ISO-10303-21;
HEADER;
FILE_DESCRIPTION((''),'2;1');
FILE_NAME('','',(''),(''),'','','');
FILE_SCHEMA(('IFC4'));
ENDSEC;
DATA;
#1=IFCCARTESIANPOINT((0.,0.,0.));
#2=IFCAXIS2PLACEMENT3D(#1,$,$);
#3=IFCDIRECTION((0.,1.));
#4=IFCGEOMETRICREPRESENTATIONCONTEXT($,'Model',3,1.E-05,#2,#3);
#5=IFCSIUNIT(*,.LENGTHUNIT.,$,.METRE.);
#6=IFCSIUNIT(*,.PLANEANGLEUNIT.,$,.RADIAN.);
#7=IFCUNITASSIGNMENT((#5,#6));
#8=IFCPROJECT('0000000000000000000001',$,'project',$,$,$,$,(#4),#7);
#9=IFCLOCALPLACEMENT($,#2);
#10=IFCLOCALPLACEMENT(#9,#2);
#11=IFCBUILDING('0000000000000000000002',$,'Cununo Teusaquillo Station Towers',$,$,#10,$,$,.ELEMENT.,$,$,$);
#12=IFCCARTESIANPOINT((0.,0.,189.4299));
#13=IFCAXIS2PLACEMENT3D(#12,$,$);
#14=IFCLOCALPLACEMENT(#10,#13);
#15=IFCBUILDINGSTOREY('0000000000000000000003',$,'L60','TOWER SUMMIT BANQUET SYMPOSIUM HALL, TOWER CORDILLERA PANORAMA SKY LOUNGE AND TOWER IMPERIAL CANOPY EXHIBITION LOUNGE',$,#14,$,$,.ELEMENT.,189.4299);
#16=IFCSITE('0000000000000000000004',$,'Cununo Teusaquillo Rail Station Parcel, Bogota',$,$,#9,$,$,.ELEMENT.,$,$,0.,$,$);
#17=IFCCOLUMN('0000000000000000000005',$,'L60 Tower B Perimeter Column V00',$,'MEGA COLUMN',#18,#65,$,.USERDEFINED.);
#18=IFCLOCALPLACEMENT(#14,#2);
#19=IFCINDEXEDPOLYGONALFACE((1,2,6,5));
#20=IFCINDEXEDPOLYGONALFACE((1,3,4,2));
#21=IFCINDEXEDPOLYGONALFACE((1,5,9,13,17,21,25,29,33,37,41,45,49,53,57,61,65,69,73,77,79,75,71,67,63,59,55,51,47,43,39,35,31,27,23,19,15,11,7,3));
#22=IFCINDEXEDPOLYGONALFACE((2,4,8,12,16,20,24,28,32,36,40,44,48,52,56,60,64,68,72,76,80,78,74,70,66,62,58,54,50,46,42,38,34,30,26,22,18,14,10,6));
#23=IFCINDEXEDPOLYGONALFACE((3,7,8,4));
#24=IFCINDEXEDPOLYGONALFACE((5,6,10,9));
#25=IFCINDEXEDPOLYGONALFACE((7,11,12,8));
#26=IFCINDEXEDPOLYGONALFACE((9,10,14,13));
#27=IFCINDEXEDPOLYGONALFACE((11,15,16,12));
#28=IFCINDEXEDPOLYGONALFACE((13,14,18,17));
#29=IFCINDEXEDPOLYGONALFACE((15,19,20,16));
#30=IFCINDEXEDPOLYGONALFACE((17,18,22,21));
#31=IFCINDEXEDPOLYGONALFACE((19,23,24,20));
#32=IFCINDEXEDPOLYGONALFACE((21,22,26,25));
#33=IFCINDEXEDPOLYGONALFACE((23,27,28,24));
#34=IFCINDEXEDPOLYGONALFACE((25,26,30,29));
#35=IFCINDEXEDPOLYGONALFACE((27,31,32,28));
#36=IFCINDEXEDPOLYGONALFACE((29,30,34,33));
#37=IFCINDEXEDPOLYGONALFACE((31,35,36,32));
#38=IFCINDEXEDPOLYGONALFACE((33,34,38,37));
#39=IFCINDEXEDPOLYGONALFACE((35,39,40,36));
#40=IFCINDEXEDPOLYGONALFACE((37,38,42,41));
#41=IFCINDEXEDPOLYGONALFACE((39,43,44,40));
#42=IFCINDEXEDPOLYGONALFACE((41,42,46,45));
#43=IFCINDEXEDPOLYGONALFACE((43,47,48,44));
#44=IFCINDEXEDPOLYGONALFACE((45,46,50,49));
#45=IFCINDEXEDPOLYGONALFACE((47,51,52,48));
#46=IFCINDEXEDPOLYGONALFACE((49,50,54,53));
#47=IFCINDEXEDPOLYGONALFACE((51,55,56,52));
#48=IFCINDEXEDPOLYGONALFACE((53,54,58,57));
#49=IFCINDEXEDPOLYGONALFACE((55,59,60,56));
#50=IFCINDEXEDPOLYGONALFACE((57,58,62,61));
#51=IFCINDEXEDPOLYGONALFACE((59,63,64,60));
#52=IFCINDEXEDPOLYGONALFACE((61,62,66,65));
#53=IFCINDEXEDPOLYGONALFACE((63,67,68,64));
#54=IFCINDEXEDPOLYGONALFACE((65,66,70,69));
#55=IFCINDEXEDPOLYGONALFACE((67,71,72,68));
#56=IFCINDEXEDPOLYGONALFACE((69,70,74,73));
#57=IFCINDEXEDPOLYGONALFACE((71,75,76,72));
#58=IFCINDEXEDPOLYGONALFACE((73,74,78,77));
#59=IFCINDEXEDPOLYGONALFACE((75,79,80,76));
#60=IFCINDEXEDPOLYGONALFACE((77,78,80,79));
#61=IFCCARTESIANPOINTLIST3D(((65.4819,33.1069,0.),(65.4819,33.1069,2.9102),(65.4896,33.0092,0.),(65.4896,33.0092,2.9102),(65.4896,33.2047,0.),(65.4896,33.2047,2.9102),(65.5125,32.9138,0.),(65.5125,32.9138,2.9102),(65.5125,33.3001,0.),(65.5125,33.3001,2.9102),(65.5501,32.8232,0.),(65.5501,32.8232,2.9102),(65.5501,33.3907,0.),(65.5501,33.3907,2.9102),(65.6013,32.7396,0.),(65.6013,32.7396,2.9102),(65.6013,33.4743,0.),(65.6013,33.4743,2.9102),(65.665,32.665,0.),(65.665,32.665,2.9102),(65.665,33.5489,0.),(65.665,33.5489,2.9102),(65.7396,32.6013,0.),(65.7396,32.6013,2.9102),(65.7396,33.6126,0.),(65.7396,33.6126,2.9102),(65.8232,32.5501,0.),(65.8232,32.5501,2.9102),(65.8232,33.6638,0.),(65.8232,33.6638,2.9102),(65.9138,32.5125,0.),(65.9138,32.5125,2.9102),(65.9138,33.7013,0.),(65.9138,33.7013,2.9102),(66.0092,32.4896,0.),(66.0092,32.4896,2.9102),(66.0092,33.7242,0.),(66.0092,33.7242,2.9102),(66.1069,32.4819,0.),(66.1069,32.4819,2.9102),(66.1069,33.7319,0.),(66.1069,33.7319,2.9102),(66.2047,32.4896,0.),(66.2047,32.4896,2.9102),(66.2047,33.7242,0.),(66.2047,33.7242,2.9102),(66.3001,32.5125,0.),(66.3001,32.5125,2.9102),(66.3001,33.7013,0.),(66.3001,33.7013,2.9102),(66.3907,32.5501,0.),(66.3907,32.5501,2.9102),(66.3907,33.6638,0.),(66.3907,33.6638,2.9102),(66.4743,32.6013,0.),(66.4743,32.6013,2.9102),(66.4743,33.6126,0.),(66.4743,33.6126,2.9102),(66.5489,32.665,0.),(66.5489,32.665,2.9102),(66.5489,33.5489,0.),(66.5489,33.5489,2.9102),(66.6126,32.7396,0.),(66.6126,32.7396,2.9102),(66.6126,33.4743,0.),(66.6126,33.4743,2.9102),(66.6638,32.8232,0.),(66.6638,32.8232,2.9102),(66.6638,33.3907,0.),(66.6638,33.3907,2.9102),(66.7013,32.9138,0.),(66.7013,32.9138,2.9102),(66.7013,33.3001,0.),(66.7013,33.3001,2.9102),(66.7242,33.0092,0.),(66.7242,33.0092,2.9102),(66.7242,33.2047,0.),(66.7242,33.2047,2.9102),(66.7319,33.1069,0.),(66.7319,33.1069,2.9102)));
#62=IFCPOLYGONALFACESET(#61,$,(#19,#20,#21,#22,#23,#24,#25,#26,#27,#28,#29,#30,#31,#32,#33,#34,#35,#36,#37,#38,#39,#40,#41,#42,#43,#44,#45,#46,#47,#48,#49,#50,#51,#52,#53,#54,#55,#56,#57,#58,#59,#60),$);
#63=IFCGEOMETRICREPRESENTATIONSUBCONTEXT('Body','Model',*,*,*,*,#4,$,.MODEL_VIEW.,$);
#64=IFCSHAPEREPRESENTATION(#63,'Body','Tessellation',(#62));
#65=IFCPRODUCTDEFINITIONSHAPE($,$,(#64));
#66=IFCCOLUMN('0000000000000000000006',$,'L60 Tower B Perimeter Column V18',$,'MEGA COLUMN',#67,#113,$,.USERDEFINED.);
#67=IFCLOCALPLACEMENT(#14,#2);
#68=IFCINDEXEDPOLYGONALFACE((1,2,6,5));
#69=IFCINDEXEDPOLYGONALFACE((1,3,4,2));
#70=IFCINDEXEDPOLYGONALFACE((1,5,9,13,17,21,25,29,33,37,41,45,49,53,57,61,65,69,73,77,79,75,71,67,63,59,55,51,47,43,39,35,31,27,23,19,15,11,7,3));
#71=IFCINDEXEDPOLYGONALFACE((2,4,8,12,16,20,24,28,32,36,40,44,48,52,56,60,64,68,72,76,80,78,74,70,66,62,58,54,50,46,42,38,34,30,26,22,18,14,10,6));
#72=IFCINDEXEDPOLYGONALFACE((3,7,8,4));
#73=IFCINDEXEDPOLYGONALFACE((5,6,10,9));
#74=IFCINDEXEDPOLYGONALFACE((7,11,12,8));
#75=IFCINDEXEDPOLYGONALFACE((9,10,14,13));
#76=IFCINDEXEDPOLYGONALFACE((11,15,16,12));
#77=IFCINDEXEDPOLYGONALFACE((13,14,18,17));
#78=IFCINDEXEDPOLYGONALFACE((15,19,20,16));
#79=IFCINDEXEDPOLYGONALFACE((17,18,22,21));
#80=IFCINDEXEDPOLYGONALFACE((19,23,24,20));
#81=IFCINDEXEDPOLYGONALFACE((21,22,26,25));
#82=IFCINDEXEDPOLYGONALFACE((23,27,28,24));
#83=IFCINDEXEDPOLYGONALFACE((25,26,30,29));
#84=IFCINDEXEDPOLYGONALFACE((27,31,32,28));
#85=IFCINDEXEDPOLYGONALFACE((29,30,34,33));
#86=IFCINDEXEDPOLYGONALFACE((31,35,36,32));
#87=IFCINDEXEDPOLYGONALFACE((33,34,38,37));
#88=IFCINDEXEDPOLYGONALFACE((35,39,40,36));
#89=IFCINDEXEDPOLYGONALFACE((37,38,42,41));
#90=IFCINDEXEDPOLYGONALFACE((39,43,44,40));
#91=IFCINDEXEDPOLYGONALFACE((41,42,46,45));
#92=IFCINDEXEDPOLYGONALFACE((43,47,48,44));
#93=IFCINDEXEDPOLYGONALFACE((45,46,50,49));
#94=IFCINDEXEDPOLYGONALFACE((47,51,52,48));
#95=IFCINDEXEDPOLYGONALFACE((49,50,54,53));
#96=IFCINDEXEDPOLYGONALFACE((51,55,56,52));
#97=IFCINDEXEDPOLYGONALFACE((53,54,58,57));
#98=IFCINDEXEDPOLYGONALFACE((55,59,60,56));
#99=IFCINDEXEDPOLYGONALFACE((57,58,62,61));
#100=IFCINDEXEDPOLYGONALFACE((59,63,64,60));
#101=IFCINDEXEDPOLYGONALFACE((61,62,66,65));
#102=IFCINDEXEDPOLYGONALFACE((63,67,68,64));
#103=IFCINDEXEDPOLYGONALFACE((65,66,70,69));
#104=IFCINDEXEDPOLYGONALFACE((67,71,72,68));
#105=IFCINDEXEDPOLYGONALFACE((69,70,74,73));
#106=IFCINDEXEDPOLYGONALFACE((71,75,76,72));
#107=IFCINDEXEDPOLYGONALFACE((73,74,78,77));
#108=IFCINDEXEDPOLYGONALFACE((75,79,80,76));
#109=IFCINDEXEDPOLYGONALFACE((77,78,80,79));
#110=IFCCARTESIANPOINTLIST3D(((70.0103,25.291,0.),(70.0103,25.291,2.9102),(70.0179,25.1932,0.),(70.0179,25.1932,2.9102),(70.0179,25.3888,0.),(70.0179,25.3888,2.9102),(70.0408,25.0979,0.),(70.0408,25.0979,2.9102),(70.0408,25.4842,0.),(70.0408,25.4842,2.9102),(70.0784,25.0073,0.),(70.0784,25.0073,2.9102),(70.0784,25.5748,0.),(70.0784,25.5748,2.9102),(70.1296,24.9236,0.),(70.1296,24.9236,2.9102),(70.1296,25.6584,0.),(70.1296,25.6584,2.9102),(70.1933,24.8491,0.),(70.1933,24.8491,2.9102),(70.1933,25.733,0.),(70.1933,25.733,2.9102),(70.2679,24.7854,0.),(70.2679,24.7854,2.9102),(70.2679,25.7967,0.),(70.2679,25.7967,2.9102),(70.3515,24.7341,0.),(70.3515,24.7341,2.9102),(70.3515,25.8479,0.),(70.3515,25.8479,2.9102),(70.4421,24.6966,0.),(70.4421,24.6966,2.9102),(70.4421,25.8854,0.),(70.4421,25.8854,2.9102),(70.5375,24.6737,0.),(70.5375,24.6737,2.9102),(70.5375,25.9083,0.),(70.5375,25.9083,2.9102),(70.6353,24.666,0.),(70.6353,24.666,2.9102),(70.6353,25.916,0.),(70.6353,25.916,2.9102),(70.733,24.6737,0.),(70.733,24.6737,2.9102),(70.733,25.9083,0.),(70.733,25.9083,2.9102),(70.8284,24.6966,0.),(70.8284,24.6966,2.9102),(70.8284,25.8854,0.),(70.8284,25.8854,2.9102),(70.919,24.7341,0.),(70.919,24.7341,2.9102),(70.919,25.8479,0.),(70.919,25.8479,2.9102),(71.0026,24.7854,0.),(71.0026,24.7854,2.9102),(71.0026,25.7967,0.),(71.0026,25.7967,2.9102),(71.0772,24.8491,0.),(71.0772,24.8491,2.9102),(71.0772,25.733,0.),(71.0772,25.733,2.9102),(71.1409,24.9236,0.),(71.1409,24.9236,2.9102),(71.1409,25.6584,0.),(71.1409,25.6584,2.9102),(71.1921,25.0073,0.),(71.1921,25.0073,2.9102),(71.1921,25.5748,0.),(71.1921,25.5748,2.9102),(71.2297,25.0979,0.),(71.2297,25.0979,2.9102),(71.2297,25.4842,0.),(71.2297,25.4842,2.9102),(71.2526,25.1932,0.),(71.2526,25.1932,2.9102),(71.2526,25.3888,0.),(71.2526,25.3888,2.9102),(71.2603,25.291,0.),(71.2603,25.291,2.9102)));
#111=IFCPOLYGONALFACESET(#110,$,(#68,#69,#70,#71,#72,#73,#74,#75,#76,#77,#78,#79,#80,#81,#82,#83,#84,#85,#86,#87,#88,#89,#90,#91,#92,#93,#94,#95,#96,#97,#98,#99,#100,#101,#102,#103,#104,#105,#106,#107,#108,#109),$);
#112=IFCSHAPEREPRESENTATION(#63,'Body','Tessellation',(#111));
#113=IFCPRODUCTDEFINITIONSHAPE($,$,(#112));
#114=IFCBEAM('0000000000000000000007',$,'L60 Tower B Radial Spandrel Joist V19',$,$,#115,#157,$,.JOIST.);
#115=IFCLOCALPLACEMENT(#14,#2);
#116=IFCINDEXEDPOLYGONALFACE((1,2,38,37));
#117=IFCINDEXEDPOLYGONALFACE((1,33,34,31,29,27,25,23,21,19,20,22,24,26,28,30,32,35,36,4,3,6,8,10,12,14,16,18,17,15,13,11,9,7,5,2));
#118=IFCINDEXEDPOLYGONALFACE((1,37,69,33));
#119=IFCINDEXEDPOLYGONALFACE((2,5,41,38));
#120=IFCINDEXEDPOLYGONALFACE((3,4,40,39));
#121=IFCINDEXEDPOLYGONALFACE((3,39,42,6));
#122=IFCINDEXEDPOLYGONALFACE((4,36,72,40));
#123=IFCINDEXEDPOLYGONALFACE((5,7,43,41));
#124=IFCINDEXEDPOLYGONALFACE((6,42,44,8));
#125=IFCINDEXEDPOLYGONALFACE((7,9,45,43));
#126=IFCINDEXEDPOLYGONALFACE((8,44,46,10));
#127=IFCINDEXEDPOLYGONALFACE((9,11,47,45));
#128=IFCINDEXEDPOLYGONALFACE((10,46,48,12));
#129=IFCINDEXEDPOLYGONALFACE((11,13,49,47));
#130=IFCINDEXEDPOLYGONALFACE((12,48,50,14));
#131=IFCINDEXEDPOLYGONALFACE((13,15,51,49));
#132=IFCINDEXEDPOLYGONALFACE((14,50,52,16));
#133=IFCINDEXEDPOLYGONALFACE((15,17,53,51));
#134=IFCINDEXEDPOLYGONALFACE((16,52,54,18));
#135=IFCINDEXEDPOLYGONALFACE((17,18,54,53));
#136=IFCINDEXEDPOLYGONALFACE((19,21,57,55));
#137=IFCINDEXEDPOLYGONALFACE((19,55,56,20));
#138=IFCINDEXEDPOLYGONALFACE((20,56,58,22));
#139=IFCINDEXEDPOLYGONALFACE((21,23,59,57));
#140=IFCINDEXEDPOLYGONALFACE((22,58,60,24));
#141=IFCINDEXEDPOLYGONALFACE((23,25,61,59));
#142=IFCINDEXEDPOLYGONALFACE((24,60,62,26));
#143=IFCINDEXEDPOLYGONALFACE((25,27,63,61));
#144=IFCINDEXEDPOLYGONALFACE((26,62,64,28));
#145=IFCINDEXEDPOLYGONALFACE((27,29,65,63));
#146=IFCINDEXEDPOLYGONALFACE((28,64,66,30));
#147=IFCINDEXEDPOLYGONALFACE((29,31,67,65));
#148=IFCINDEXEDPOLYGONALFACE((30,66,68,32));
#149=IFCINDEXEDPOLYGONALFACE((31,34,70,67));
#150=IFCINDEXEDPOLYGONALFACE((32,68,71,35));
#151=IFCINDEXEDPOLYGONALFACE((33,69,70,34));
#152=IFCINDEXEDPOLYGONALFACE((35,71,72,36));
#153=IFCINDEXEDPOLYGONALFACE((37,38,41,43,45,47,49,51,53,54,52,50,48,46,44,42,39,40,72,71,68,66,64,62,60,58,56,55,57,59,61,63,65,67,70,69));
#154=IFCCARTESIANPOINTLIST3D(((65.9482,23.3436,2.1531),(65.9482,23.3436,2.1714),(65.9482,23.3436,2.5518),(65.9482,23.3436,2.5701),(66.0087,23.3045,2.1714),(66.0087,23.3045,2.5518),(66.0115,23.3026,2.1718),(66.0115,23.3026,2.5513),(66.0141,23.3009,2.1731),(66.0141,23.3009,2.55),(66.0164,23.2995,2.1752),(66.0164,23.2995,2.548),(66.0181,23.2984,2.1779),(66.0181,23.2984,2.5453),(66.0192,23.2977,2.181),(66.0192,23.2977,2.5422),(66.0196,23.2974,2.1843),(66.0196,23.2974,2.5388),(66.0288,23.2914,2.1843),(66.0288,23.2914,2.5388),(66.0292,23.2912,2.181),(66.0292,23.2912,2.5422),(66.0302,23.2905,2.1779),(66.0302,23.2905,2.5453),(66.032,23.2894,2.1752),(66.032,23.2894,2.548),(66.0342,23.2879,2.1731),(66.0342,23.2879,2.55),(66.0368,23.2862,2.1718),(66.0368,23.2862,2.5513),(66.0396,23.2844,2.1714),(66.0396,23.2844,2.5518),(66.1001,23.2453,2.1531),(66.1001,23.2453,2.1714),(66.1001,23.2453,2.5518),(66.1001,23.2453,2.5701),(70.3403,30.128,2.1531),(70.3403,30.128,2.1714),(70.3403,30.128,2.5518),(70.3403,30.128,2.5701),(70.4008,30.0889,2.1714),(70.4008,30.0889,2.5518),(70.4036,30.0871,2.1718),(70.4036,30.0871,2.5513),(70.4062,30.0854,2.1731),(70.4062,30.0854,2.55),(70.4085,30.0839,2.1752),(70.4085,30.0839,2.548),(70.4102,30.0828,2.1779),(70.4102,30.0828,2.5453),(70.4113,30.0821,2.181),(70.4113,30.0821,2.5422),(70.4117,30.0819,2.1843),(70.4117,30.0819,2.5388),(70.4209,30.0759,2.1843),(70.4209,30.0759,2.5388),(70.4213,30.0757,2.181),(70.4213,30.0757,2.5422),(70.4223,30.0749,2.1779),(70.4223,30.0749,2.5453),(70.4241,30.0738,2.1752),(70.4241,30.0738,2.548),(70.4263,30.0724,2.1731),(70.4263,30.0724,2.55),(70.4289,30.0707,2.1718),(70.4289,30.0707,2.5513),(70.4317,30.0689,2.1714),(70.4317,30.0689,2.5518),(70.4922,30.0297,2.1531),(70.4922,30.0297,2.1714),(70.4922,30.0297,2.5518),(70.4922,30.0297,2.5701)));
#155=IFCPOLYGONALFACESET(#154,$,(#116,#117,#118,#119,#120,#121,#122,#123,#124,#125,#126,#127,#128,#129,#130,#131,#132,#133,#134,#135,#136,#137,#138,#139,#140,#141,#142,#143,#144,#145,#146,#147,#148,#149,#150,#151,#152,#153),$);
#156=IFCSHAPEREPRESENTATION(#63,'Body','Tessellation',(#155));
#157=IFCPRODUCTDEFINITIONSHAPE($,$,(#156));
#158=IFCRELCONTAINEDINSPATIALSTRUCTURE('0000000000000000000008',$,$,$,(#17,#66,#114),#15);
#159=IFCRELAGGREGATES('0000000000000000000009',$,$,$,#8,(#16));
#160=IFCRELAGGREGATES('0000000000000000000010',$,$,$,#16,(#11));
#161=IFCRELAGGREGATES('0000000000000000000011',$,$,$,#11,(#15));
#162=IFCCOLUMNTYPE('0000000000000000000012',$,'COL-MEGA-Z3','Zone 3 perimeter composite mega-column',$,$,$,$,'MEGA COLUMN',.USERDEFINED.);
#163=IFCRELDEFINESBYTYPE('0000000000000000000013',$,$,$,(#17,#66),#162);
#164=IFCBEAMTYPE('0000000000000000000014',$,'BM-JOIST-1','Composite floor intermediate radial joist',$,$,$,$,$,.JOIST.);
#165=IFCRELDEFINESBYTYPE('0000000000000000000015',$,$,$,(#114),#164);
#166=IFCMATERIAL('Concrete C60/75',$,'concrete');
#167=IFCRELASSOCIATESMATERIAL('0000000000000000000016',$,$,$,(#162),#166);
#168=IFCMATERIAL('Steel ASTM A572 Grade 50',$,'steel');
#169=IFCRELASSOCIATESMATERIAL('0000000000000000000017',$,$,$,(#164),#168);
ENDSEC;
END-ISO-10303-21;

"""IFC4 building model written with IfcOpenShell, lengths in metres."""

from ifc_helpers import new_model, si_unit, direction, frame, origin, origin_2d, place, context, subcontext, project, spatial, circle, i_section, extrude, material, material_profile, profile_set, type_object, element, save


model = new_model("IFC4")

# Units and contexts
model_context = context("Model", 3, precision=1e-05, world=origin(), true_north=direction((0.0, 1.0)))
body_context = subcontext(model_context, "Body", "Model", "MODEL_VIEW")
ifc_project = project(units=[si_unit("LENGTHUNIT", "METRE"), si_unit("PLANEANGLEUNIT", "RADIAN")], contexts=[model_context])

# Site, building, storey
site_placement = place(None, origin())
site = spatial("IfcSite", under=ifc_project, at=site_placement, Name="Cununo Teusaquillo Rail Station Parcel, Bogota", CompositionType="ELEMENT", RefElevation=0.0)
building_placement = place(site_placement, origin())
building = spatial("IfcBuilding", under=site, at=building_placement, Name="Cununo Teusaquillo Station Towers", CompositionType="ELEMENT")
storey_placement = place(building_placement, frame((0.0, 0.0, 189.4299)))
storey = spatial("IfcBuildingStorey", under=building, at=storey_placement, Name="L60", Description="TOWER SUMMIT BANQUET SYMPOSIUM HALL, TOWER CORDILLERA PANORAMA SKY LOUNGE AND TOWER IMPERIAL CANOPY EXHIBITION LOUNGE", CompositionType="ELEMENT", Elevation=189.4299)

# Columns
ifc_material_1 = material(Name="Concrete C60/75", Category="concrete")
ifc_material_profile_1 = material_profile(ifc_material_1, circle(Radius=0.625, at=origin_2d()), Name="RC-CIRC-1250")
ifc_profile_set_1 = profile_set([ifc_material_profile_1], Name="Concrete C60/75")
column_type = type_object("IfcColumnType", Name="COL-MEGA-Z3", Description="Zone 3 perimeter composite mega-column", ElementType="MEGA COLUMN", PredefinedType="USERDEFINED", material=ifc_profile_set_1)
for number, where, z_axis, x_axis, name in (
    (1, (66.1069, 33.1069, 0.0), (0.0, 0.0, 1.0), (1.0, 0.0, 0.0), "L60 Tower B Perimeter Column V00"),
    (2, (70.6353, 25.291, 0.0), (0.0, 0.0, 1.0), (1.0, 0.0, 0.0), "L60 Tower B Perimeter Column V18"),
):
    element("IfcColumn", number, at=place(storey_placement, frame(where, z_axis=z_axis, x_axis=x_axis)), inside=storey, type_object=column_type, Name=name, ObjectType="MEGA COLUMN", PredefinedType="USERDEFINED", context=body_context, shape_type="SweptSolid", body=[
        extrude(circle(Radius=0.625, at=origin_2d()), origin(), (0.0, 0.0, 1.0), 2.9102),
    ])

# Beam
ifc_material_2 = material(Name="Steel ASTM A572 Grade 50", Category="steel")
ifc_material_profile_2 = material_profile(ifc_material_2, i_section(OverallWidth=0.1809, OverallDepth=0.417, WebThickness=0.011, FlangeThickness=0.0183, FilletRadius=0.0129, at=origin_2d()), Name="W16X57")
ifc_profile_set_2 = profile_set([ifc_material_profile_2], Name="Steel ASTM A572 Grade 50")
beam_type_1 = type_object("IfcBeamType", Name="BM-JOIST-1", Description="Composite floor intermediate radial joist", PredefinedType="JOIST", material=ifc_profile_set_2)
beam_1_placement = place(storey_placement, frame((66.0242, 23.2944, 2.3616), z_axis=(0.54344, 0.839448, 0.0), x_axis=(-0.839448, 0.54344, 0.0)))
element("IfcBeam", 3, at=beam_1_placement, inside=storey, type_object=beam_type_1, Name="L60 Tower B Radial Spandrel Joist V19", PredefinedType="JOIST", context=body_context, shape_type="SweptSolid", body=[
    extrude(i_section(OverallWidth=0.1809, OverallDepth=0.417, WebThickness=0.011, FlangeThickness=0.0183, FilletRadius=0.0129, at=origin_2d()), origin(), (0.0, 0.0, 1.0), 8.082),
])

save(model, "model.ifc")
